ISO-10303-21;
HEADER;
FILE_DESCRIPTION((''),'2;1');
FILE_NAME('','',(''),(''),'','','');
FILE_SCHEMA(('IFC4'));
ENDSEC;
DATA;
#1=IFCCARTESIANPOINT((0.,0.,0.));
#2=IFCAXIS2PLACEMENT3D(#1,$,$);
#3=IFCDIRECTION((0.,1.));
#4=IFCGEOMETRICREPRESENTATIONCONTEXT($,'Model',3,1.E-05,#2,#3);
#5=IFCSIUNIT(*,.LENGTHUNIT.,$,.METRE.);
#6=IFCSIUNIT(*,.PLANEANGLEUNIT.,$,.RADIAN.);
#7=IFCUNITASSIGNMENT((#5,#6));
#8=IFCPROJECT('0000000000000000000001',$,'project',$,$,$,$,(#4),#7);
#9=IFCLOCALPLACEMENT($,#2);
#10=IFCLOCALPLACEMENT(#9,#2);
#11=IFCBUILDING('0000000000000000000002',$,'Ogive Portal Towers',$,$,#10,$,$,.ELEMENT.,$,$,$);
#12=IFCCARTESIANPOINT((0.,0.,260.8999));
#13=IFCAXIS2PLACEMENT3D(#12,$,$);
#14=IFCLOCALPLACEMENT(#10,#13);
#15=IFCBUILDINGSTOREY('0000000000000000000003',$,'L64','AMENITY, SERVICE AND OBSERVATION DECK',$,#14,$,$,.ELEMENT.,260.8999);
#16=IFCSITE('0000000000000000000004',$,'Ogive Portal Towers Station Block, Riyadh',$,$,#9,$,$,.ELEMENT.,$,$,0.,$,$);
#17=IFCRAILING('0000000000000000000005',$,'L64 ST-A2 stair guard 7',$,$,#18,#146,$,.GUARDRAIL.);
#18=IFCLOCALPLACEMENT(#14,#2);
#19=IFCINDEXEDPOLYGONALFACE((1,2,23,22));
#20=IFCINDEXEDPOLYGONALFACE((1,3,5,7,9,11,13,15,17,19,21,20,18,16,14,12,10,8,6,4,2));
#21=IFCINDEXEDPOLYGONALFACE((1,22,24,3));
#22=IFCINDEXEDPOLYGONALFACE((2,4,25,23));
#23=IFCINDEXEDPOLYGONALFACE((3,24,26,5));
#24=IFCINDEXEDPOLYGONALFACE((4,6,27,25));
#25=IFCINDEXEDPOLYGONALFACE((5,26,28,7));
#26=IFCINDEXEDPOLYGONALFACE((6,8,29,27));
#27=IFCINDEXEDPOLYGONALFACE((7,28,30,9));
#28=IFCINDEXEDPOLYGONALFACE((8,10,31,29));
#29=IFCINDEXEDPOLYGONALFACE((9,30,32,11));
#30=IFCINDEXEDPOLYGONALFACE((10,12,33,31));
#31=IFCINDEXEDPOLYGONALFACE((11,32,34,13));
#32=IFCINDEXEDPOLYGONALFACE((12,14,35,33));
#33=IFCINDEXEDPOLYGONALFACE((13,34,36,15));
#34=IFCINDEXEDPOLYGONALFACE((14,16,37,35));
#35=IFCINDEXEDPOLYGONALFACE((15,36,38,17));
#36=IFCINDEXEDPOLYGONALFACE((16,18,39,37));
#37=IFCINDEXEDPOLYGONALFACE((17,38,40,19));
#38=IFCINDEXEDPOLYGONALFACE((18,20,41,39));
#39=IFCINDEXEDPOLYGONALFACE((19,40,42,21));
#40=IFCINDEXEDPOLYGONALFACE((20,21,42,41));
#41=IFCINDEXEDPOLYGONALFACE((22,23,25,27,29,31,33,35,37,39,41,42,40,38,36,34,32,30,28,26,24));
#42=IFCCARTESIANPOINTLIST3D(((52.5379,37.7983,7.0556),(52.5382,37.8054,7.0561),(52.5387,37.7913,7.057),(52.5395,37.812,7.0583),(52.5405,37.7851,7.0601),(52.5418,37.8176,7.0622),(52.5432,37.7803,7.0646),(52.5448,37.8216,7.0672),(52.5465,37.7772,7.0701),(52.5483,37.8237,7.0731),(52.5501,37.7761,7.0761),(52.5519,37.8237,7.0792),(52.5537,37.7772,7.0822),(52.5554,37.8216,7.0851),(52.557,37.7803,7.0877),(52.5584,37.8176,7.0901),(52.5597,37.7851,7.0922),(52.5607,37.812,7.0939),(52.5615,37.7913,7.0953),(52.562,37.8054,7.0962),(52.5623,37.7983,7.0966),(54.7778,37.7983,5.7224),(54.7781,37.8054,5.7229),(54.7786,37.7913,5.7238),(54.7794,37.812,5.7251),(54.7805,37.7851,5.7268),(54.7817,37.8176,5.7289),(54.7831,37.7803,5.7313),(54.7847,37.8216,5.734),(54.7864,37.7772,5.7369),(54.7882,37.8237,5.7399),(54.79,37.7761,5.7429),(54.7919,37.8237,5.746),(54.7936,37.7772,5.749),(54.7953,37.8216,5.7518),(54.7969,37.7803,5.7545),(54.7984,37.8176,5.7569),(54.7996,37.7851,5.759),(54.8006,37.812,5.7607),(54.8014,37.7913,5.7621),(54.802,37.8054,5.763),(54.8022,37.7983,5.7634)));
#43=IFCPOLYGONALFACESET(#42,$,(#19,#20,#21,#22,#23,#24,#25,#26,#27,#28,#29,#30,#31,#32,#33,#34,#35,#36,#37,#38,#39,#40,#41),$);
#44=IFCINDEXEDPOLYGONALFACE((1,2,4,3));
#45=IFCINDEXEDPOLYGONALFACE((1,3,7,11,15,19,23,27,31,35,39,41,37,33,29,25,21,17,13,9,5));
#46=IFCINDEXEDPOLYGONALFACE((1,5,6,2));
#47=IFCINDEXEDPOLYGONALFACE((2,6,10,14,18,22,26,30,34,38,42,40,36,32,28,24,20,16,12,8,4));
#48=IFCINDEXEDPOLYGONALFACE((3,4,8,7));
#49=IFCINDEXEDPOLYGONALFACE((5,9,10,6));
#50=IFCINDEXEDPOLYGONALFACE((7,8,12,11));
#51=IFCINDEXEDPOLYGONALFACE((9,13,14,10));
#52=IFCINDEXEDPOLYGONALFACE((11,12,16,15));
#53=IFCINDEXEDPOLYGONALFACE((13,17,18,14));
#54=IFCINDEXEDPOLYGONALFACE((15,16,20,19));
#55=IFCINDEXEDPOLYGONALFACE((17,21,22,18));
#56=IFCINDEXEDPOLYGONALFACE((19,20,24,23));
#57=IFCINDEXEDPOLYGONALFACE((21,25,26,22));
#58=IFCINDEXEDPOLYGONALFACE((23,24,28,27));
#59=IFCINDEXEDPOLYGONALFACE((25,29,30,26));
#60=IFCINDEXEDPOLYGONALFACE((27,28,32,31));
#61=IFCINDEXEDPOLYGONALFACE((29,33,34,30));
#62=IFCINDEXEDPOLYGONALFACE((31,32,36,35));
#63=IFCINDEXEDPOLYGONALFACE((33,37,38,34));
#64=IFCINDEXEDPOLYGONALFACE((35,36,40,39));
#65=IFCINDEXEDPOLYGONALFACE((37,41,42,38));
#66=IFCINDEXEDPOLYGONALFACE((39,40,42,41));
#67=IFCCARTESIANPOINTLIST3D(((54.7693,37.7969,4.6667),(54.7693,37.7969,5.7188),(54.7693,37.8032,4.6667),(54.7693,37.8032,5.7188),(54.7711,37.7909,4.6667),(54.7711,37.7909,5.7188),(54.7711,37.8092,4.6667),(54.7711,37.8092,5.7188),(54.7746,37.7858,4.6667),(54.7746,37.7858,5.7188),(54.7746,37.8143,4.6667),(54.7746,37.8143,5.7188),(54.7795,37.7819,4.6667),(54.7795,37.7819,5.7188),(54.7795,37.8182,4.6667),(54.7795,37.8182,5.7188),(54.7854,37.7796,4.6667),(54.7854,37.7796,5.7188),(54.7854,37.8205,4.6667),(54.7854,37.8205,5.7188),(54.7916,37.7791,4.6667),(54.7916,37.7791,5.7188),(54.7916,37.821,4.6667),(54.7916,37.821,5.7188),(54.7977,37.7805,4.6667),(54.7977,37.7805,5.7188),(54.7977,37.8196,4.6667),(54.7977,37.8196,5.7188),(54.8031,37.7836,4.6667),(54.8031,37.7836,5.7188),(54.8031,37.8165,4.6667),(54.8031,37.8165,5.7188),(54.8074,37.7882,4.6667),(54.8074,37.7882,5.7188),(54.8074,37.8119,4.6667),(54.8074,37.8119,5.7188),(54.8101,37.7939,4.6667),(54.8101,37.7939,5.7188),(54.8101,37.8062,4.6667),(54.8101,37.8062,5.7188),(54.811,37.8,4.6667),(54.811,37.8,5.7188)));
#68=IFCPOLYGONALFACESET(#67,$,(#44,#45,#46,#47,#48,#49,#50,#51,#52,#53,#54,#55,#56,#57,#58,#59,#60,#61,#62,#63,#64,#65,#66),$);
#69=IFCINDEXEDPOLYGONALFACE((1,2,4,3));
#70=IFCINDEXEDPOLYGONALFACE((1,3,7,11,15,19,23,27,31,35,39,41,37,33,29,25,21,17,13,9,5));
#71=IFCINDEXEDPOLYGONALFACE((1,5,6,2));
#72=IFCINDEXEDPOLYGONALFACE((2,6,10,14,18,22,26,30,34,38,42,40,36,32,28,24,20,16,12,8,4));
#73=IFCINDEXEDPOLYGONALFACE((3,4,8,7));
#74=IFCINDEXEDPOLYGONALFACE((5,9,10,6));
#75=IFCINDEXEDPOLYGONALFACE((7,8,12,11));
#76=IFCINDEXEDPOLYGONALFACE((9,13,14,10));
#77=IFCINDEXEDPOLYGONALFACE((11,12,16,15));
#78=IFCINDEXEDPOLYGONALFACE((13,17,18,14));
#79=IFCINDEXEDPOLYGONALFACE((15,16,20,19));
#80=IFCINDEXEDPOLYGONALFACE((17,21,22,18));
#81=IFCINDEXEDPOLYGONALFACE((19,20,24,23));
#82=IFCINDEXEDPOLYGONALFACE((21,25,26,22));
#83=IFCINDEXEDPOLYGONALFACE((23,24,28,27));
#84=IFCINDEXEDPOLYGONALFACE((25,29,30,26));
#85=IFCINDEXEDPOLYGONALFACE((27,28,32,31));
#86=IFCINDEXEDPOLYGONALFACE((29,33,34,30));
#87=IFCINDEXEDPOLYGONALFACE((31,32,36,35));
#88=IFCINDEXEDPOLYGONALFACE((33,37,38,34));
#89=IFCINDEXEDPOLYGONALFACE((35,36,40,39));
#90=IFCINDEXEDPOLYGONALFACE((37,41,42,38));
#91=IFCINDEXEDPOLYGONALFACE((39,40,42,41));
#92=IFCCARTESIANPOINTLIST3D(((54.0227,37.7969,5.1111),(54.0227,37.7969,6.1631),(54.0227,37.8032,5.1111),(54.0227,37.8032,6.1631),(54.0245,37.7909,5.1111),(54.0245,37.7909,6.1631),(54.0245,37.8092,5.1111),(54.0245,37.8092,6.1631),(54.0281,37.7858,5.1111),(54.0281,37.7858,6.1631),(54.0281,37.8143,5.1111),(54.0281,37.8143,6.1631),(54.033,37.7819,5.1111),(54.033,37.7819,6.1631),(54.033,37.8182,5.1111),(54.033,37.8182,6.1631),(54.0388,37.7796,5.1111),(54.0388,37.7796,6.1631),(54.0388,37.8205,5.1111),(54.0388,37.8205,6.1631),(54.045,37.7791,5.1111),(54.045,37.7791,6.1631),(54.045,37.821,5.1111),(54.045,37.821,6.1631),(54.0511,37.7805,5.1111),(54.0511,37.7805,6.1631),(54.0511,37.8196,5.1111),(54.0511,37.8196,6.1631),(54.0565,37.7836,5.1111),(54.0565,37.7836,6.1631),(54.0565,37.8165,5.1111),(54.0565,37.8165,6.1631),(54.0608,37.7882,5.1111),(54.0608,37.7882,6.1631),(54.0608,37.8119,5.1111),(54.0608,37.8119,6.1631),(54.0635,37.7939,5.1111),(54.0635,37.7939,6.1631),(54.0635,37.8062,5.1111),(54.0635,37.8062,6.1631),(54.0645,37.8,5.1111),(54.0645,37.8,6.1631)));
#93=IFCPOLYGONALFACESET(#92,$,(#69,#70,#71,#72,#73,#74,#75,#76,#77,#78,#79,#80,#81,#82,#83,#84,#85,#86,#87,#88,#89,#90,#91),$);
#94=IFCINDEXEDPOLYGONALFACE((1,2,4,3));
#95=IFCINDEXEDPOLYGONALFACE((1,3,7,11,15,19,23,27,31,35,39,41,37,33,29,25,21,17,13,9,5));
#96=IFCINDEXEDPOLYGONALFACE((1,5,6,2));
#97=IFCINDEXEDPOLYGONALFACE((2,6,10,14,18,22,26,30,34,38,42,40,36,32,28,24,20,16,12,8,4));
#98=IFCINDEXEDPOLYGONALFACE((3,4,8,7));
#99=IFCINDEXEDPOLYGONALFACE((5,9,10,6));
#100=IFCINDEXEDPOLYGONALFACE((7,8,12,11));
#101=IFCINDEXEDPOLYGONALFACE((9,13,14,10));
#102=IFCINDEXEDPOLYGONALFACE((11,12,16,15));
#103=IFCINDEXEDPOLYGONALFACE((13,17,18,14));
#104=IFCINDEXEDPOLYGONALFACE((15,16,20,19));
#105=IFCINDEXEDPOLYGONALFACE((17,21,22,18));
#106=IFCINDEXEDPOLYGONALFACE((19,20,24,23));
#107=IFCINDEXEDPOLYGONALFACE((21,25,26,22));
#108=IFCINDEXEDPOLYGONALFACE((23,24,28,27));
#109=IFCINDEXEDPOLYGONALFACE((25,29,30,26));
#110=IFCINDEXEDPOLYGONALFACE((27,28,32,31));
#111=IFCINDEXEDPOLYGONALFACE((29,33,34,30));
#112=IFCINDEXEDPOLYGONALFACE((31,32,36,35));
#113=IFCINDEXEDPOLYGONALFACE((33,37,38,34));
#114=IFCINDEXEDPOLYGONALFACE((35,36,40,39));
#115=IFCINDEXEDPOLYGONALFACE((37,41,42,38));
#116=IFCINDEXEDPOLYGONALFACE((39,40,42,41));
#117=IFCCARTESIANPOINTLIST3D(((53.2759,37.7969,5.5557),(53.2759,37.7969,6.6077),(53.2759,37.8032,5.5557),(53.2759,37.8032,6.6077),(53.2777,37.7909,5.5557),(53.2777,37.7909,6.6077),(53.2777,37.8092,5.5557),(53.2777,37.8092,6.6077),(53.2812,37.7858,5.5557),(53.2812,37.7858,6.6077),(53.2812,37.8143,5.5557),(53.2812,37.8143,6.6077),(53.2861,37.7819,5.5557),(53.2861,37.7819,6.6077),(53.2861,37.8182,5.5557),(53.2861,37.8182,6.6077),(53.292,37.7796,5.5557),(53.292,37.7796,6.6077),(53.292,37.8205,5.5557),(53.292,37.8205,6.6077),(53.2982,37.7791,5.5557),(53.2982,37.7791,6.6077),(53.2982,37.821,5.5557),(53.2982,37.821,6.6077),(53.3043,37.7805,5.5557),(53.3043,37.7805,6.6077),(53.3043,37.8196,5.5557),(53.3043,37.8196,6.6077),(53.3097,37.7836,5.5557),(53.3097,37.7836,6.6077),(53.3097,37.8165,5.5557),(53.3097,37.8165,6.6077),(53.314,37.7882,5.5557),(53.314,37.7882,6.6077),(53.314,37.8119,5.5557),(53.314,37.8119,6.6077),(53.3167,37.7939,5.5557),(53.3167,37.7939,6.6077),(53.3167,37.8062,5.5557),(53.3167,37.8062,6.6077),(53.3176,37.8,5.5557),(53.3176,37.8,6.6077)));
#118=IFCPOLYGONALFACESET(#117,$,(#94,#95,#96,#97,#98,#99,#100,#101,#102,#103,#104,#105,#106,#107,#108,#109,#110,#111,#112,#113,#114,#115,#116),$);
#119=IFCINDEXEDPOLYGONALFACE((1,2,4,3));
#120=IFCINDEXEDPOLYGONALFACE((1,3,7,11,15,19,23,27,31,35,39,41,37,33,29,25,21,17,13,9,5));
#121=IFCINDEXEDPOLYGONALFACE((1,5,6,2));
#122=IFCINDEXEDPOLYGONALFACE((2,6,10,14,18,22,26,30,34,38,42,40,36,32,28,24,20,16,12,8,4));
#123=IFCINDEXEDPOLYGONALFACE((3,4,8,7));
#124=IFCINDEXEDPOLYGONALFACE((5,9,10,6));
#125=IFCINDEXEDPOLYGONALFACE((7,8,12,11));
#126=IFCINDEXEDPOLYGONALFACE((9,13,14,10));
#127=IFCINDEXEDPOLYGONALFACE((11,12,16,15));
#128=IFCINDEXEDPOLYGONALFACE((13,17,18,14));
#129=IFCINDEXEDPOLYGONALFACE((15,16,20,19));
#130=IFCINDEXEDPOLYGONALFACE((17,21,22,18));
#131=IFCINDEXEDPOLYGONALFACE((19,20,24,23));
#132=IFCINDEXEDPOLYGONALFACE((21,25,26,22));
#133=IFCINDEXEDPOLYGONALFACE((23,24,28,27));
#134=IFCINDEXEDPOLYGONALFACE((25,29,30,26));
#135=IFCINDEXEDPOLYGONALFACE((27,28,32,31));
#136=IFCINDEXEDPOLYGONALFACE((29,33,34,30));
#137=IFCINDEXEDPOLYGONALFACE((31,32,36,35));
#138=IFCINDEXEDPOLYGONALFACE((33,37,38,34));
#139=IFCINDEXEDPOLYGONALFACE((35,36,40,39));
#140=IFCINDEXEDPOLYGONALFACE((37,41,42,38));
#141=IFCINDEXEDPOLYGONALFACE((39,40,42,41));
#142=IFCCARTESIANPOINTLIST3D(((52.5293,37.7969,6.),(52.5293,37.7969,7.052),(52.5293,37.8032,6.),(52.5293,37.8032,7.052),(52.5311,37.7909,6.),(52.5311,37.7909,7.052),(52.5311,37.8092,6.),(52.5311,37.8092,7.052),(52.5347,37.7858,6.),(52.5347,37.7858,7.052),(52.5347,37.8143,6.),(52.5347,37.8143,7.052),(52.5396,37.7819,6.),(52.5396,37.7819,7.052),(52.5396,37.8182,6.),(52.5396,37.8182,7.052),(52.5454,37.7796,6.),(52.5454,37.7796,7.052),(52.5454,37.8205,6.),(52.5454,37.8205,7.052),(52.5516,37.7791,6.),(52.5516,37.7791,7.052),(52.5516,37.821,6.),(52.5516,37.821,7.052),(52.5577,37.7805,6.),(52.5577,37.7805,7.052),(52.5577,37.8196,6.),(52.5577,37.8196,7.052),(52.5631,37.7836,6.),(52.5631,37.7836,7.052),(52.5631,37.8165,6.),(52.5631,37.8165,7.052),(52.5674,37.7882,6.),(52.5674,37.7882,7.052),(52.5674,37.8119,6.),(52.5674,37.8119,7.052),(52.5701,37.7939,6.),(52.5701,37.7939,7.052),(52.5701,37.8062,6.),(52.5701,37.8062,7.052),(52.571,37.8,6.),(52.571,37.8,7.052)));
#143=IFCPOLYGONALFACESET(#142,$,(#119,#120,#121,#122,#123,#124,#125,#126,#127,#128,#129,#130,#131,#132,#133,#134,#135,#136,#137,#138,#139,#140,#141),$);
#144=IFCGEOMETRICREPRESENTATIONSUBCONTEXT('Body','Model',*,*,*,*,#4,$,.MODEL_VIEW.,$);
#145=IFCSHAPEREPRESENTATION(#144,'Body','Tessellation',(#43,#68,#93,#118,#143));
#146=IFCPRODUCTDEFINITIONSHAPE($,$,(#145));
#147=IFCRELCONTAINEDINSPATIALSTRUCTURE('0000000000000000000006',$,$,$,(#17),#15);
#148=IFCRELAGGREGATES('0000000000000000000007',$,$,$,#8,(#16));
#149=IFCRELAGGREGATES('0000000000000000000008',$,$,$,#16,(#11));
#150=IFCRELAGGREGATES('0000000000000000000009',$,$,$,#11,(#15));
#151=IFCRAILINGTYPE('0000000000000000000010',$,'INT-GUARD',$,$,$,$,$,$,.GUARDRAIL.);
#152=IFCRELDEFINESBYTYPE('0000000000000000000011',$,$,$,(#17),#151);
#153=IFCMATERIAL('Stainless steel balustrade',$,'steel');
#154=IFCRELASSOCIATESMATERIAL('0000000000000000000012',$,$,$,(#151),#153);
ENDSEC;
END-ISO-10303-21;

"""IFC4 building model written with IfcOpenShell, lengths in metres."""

from ifc_helpers import new_model, si_unit, direction, frame, origin, origin_2d, place, context, subcontext, project, spatial, circle, extrude, material, type_object, element, save


model = new_model("IFC4")

# Units and contexts
model_context = context("Model", 3, precision=1e-05, world=origin(), true_north=direction((0.0, 1.0)))
body_context = subcontext(model_context, "Body", "Model", "MODEL_VIEW")
ifc_project = project(units=[si_unit("LENGTHUNIT", "METRE"), si_unit("PLANEANGLEUNIT", "RADIAN")], contexts=[model_context])

# Site, building, storey
site_placement = place(None, origin())
site = spatial("IfcSite", under=ifc_project, at=site_placement, Name="Ogive Portal Towers Station Block, Riyadh", CompositionType="ELEMENT", RefElevation=0.0)
building_placement = place(site_placement, origin())
building = spatial("IfcBuilding", under=site, at=building_placement, Name="Ogive Portal Towers", CompositionType="ELEMENT")
storey_placement = place(building_placement, frame((0.0, 0.0, 260.8999)))
storey = spatial("IfcBuildingStorey", under=building, at=storey_placement, Name="L64", Description="AMENITY, SERVICE AND OBSERVATION DECK", CompositionType="ELEMENT", Elevation=260.8999)

# Railing
ifc_material_1 = material(Name="Stainless steel balustrade", Category="steel")
railing_type_1 = type_object("IfcRailingType", Name="INT-GUARD", PredefinedType="GUARDRAIL", material=ifc_material_1)
railing_1_placement = place(storey_placement, frame((54.79, 37.8, 4.6667)))
element("IfcRailing", 1, at=railing_1_placement, inside=storey, type_object=railing_type_1, Name="L64 ST-A2 stair guard 7", PredefinedType="GUARDRAIL", context=body_context, shape_type="SweptSolid", body=[
    extrude(circle(Radius=0.0239, at=origin_2d()), frame((0.0, 0.0, 1.0762), z_axis=(-0.859306, 0.0, 0.511462), x_axis=(0.0, -1.0, 0.0)), (0.0, 0.0, 1.0), 2.6067),
    extrude(circle(Radius=0.021, at=origin_2d()), origin(), (0.0, 0.0, 1.0), 1.052),
    extrude(circle(Radius=0.021, at=origin_2d()), frame((-0.7466, 0.0, 0.4443)), (0.0, 0.0, 1.0), 1.052),
    extrude(circle(Radius=0.021, at=origin_2d()), frame((-1.4934, 0.0, 0.8889)), (0.0, 0.0, 1.0), 1.052),
    extrude(circle(Radius=0.021, at=origin_2d()), frame((-2.24, 0.0, 1.3333)), (0.0, 0.0, 1.0), 1.052),
])

save(model, "model.ifc")
